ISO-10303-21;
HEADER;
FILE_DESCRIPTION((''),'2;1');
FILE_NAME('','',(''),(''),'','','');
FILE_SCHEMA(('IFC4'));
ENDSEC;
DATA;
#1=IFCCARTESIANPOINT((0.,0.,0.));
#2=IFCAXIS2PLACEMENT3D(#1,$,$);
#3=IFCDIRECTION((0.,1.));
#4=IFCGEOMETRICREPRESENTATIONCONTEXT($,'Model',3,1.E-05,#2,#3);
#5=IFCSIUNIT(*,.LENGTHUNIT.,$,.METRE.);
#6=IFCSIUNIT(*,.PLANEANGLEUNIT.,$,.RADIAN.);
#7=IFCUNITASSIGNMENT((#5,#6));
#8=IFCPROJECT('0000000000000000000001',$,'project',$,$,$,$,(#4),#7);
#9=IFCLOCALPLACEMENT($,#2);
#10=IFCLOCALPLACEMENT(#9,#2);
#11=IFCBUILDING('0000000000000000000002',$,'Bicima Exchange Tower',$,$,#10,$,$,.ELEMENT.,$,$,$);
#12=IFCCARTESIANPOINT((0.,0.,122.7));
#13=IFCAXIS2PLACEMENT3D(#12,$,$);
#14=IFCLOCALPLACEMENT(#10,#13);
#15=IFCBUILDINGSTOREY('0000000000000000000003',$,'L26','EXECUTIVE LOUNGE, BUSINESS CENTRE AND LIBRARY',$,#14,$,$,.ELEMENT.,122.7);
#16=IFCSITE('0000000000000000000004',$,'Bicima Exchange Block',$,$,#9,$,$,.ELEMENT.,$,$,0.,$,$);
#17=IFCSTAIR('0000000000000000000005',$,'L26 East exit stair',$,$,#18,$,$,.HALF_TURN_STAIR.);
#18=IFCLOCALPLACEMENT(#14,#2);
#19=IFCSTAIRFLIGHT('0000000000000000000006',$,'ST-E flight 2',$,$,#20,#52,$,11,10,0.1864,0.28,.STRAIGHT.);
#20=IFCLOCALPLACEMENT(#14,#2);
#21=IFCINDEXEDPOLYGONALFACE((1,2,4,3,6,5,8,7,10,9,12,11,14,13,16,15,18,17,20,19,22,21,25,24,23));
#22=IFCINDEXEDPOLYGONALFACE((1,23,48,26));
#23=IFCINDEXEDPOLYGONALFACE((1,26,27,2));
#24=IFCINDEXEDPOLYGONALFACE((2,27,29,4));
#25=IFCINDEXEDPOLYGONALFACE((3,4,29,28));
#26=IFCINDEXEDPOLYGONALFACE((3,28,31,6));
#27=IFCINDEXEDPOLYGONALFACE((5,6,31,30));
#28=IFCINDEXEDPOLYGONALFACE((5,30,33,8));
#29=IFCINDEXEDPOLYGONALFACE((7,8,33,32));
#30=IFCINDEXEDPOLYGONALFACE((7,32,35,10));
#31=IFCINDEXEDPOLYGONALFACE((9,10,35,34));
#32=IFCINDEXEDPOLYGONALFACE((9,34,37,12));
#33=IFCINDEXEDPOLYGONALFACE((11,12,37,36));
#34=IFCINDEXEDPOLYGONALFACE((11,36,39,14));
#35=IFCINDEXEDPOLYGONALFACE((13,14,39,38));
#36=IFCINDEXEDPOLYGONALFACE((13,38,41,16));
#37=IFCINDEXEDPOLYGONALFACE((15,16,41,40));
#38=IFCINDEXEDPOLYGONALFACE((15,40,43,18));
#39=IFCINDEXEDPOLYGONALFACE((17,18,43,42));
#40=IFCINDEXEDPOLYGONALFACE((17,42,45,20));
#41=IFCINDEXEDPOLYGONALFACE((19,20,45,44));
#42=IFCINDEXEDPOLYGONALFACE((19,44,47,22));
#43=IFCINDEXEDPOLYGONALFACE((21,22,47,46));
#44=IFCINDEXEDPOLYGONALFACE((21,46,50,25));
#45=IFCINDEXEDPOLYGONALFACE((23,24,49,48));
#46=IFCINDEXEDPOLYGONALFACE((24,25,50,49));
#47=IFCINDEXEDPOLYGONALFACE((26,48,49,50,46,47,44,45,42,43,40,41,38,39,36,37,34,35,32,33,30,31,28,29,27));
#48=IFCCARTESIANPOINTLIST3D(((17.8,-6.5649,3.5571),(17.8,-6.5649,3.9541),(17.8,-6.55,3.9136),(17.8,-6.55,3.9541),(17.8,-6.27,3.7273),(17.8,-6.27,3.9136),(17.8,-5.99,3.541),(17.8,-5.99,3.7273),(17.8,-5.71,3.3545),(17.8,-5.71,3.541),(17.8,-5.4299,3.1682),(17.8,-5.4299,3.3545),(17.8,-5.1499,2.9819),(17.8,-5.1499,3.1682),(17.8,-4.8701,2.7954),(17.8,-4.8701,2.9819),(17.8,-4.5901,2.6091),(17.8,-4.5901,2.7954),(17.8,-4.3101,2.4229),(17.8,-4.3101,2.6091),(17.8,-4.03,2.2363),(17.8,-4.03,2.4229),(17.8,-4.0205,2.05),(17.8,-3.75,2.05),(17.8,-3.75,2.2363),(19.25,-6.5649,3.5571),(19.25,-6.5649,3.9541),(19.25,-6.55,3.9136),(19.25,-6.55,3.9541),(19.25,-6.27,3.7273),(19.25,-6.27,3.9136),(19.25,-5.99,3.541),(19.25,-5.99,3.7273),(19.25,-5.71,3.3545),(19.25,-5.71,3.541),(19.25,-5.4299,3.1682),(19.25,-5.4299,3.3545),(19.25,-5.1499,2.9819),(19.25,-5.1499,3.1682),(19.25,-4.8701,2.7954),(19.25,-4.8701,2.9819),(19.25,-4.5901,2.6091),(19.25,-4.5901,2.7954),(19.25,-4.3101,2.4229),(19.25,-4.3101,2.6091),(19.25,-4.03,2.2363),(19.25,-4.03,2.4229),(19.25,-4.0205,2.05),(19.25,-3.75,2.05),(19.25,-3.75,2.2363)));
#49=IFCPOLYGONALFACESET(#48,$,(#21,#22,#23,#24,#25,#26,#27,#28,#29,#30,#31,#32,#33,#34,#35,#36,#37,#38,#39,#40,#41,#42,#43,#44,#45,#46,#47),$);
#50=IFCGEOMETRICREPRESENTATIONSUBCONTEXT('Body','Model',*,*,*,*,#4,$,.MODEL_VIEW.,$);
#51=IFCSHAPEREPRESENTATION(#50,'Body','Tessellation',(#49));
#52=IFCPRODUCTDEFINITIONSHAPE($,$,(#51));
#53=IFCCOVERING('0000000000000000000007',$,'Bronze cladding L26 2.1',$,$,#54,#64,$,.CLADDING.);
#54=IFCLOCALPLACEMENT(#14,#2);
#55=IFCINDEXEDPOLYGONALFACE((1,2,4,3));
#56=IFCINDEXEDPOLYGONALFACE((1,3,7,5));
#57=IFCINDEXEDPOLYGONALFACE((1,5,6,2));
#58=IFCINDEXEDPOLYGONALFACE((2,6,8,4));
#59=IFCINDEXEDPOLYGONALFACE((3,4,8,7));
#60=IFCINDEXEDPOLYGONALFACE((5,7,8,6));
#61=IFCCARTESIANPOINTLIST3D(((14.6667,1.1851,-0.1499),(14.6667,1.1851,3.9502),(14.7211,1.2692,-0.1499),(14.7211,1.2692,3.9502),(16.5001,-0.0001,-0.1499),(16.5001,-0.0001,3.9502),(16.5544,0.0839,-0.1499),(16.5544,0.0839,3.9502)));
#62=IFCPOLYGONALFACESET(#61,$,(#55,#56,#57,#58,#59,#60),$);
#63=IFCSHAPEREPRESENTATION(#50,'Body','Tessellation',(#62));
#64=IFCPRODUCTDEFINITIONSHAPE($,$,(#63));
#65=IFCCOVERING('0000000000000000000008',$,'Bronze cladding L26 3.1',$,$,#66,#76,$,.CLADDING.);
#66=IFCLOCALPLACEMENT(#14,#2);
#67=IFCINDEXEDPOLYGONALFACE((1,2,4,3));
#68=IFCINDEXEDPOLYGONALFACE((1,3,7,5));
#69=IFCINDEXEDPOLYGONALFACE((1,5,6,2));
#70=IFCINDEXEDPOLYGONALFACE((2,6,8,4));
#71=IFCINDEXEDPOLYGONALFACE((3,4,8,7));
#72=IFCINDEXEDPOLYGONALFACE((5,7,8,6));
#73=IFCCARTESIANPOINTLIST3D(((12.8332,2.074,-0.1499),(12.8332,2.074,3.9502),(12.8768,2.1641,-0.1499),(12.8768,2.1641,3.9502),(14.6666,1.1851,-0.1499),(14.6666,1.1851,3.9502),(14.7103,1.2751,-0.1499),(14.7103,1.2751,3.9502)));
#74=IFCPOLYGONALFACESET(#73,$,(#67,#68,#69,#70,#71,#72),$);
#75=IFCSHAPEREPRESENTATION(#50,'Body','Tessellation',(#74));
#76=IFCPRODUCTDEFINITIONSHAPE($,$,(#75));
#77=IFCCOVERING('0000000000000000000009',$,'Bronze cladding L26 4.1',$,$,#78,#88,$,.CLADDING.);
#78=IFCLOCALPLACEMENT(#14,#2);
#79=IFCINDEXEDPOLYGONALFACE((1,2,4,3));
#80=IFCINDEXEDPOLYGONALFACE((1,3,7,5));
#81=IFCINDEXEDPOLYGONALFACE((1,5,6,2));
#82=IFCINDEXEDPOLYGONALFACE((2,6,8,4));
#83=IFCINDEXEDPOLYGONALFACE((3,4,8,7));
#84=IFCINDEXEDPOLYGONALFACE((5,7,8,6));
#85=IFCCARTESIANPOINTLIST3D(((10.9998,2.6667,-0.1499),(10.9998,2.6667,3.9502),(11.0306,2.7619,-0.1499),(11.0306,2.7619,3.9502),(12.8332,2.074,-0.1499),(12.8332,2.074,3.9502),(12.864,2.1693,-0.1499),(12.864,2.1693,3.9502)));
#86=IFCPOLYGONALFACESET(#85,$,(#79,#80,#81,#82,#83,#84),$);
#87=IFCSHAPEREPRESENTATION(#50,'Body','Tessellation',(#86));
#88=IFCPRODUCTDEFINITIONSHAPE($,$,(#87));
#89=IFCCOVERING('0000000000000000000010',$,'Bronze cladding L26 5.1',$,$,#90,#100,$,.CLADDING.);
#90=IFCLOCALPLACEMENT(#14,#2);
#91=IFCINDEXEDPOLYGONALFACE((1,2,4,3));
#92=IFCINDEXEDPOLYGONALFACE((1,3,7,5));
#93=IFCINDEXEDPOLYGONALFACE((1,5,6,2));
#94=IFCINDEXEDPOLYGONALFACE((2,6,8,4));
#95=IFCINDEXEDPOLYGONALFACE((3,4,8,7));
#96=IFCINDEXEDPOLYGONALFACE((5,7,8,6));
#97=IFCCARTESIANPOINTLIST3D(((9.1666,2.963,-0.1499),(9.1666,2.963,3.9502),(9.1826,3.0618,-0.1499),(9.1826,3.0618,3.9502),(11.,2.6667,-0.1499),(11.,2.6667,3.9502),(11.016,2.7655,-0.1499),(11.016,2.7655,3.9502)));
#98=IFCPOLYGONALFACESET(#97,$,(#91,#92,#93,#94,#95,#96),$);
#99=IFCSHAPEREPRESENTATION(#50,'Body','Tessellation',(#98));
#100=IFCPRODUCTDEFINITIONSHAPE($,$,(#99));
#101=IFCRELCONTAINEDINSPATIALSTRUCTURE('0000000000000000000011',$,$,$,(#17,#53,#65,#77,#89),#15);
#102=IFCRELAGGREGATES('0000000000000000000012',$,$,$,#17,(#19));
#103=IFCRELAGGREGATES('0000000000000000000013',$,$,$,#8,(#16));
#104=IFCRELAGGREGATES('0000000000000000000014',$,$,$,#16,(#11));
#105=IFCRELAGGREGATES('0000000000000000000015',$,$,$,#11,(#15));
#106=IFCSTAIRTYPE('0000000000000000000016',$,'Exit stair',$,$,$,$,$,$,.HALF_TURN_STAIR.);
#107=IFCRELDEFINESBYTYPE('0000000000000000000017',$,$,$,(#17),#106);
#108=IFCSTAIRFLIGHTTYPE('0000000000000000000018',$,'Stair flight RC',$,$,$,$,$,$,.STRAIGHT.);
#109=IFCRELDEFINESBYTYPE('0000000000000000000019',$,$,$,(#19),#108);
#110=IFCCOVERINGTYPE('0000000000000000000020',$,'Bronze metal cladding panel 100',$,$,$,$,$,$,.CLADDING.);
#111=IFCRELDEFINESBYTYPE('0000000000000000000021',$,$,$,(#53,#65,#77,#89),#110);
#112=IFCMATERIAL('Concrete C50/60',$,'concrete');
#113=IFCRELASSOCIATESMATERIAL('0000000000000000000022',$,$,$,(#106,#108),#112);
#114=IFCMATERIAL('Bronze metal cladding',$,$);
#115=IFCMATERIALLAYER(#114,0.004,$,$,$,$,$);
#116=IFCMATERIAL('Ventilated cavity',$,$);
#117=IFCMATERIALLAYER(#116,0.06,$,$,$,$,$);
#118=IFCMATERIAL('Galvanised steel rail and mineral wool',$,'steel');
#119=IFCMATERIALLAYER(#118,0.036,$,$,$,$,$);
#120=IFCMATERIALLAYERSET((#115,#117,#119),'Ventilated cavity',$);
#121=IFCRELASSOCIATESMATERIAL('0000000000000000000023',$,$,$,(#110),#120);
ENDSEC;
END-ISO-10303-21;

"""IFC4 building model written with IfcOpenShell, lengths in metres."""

from ifc_helpers import new_model, si_unit, direction, frame, origin, origin_2d, place, context, subcontext, project, spatial, polyline, rectangle, outline, extrude, material, layer, layer_set, type_object, element, aggregate, save


model = new_model("IFC4")

# Units and contexts
model_context = context("Model", 3, precision=1e-05, world=origin(), true_north=direction((0.0, 1.0)))
body_context = subcontext(model_context, "Body", "Model", "MODEL_VIEW")
ifc_project = project(units=[si_unit("LENGTHUNIT", "METRE"), si_unit("PLANEANGLEUNIT", "RADIAN")], contexts=[model_context])

# Site, building, storey
site_placement = place(None, origin())
site = spatial("IfcSite", under=ifc_project, at=site_placement, Name="Bicima Exchange Block", CompositionType="ELEMENT", RefElevation=0.0)
building_placement = place(site_placement, origin())
building = spatial("IfcBuilding", under=site, at=building_placement, Name="Bicima Exchange Tower", CompositionType="ELEMENT")
storey_placement = place(building_placement, frame((0.0, 0.0, 122.7)))
storey = spatial("IfcBuildingStorey", under=building, at=storey_placement, Name="L26", Description="EXECUTIVE LOUNGE, BUSINESS CENTRE AND LIBRARY", CompositionType="ELEMENT", Elevation=122.7)

# Shared definitions
ifc_material_1 = material(Name="Concrete C50/60", Category="concrete")

# Stair, stair flight
stair_type = type_object("IfcStairType", Name="Exit stair", PredefinedType="HALF_TURN_STAIR", material=ifc_material_1)
stair_placement = place(storey_placement, origin())
stair = element("IfcStair", 1, at=stair_placement, inside=storey, type_object=stair_type, Name="L26 East exit stair", PredefinedType="HALF_TURN_STAIR")
stair_flight_type = type_object("IfcStairFlightType", Name="Stair flight RC", PredefinedType="STRAIGHT", material=ifc_material_1)
stair_flight_placement = place(storey_placement, frame((18.5249, -3.75, 2.05), z_axis=(0.0, 0.0, 1.0), x_axis=(0.0, -1.0, 0.0)))
stair_flight = element("IfcStairFlight", 2, at=stair_flight_placement, type_object=stair_flight_type, Name="ST-E flight 2", NumberOfRisers=11, NumberOfTreads=10, PredefinedType="STRAIGHT", RiserHeight=0.1864, TreadLength=0.28, context=body_context, shape_type="SweptSolid", body=[
    extrude(outline(polyline([(0.0, 0.0), (0.0, 0.1863), (0.28, 0.1863), (0.28, 0.3728), (0.5601, 0.3728), (0.5601, 0.5591), (0.8401, 0.5591), (0.8401, 0.7454), (1.1201, 0.7454), (1.1201, 0.9319), (1.3999, 0.9319), (1.3999, 1.1182), (1.6799, 1.1182), (1.6799, 1.3044), (1.96, 1.3044), (1.96, 1.491), (2.24, 1.491), (2.24, 1.6772), (2.52, 1.6772), (2.52, 1.8635), (2.8, 1.8635), (2.8, 1.9041), (2.8149, 1.9041), (2.8149, 1.5071), (0.2705, 0.0), (0.0, 0.0)])), frame((0.0, 0.7251, 0.0), z_axis=(0.0, -1.0, 0.0), x_axis=(1.0, 0.0, 0.0)), (0.0, 0.0, 1.0), 1.45),
])
aggregate(stair, [stair_flight])

# Coverings
ifc_material_2 = material(Name="Bronze metal cladding")
ifc_layer_1 = layer(ifc_material_2, 0.004)
ifc_material_3 = material(Name="Ventilated cavity")
ifc_layer_2 = layer(ifc_material_3, 0.06)
ifc_material_4 = material(Name="Galvanised steel rail and mineral wool", Category="steel")
ifc_layer_3 = layer(ifc_material_4, 0.036)
ifc_layer_set_1 = layer_set([ifc_layer_1, ifc_layer_2, ifc_layer_3], Name="Ventilated cavity")
covering_type = type_object("IfcCoveringType", Name="Bronze metal cladding panel 100", PredefinedType="CLADDING", material=ifc_layer_set_1)
covering_1_placement = place(storey_placement, frame((15.6106, 0.6345, -0.1499), z_axis=(0.0, 0.0, 1.0), x_axis=(-0.83979, 0.542911, 0.0)))
element("IfcCovering", 3, at=covering_1_placement, inside=storey, type_object=covering_type, Name="Bronze cladding L26 2.1", PredefinedType="CLADDING", context=body_context, shape_type="SweptSolid", body=[
    extrude(rectangle(XDim=2.1831, YDim=0.1001, at=origin_2d()), origin(), (0.0, 0.0, 1.0), 4.1001),
])
covering_2_placement = place(storey_placement, frame((13.7717, 1.6746, -0.1499), z_axis=(0.0, 0.0, 1.0), x_axis=(-0.899818, 0.436265, 0.0)))
element("IfcCovering", 4, at=covering_2_placement, inside=storey, type_object=covering_type, Name="Bronze cladding L26 3.1", PredefinedType="CLADDING", context=body_context, shape_type="SweptSolid", body=[
    extrude(rectangle(XDim=2.0376, YDim=0.1001, at=origin_2d()), origin(), (0.0, 0.0, 1.0), 4.1001),
])
covering_3_placement = place(storey_placement, frame((11.9319, 2.418, -0.1499), z_axis=(0.0, 0.0, 1.0), x_axis=(-0.951525, 0.307573, 0.0)))
element("IfcCovering", 5, at=covering_3_placement, inside=storey, type_object=covering_type, Name="Bronze cladding L26 4.1", PredefinedType="CLADDING", context=body_context, shape_type="SweptSolid", body=[
    extrude(rectangle(XDim=1.9268, YDim=0.1001, at=origin_2d()), origin(), (0.0, 0.0, 1.0), 4.1001),
])
covering_4_placement = place(storey_placement, frame((10.0913, 2.8643, -0.1499), z_axis=(0.0, 0.0, 1.0), x_axis=(-0.98719, 0.15955, 0.0)))
element("IfcCovering", 6, at=covering_4_placement, inside=storey, type_object=covering_type, Name="Bronze cladding L26 5.1", PredefinedType="CLADDING", context=body_context, shape_type="SweptSolid", body=[
    extrude(rectangle(XDim=1.8572, YDim=0.1001, at=origin_2d()), origin(), (0.0, 0.0, 1.0), 4.1001),
])

save(model, "model.ifc")
